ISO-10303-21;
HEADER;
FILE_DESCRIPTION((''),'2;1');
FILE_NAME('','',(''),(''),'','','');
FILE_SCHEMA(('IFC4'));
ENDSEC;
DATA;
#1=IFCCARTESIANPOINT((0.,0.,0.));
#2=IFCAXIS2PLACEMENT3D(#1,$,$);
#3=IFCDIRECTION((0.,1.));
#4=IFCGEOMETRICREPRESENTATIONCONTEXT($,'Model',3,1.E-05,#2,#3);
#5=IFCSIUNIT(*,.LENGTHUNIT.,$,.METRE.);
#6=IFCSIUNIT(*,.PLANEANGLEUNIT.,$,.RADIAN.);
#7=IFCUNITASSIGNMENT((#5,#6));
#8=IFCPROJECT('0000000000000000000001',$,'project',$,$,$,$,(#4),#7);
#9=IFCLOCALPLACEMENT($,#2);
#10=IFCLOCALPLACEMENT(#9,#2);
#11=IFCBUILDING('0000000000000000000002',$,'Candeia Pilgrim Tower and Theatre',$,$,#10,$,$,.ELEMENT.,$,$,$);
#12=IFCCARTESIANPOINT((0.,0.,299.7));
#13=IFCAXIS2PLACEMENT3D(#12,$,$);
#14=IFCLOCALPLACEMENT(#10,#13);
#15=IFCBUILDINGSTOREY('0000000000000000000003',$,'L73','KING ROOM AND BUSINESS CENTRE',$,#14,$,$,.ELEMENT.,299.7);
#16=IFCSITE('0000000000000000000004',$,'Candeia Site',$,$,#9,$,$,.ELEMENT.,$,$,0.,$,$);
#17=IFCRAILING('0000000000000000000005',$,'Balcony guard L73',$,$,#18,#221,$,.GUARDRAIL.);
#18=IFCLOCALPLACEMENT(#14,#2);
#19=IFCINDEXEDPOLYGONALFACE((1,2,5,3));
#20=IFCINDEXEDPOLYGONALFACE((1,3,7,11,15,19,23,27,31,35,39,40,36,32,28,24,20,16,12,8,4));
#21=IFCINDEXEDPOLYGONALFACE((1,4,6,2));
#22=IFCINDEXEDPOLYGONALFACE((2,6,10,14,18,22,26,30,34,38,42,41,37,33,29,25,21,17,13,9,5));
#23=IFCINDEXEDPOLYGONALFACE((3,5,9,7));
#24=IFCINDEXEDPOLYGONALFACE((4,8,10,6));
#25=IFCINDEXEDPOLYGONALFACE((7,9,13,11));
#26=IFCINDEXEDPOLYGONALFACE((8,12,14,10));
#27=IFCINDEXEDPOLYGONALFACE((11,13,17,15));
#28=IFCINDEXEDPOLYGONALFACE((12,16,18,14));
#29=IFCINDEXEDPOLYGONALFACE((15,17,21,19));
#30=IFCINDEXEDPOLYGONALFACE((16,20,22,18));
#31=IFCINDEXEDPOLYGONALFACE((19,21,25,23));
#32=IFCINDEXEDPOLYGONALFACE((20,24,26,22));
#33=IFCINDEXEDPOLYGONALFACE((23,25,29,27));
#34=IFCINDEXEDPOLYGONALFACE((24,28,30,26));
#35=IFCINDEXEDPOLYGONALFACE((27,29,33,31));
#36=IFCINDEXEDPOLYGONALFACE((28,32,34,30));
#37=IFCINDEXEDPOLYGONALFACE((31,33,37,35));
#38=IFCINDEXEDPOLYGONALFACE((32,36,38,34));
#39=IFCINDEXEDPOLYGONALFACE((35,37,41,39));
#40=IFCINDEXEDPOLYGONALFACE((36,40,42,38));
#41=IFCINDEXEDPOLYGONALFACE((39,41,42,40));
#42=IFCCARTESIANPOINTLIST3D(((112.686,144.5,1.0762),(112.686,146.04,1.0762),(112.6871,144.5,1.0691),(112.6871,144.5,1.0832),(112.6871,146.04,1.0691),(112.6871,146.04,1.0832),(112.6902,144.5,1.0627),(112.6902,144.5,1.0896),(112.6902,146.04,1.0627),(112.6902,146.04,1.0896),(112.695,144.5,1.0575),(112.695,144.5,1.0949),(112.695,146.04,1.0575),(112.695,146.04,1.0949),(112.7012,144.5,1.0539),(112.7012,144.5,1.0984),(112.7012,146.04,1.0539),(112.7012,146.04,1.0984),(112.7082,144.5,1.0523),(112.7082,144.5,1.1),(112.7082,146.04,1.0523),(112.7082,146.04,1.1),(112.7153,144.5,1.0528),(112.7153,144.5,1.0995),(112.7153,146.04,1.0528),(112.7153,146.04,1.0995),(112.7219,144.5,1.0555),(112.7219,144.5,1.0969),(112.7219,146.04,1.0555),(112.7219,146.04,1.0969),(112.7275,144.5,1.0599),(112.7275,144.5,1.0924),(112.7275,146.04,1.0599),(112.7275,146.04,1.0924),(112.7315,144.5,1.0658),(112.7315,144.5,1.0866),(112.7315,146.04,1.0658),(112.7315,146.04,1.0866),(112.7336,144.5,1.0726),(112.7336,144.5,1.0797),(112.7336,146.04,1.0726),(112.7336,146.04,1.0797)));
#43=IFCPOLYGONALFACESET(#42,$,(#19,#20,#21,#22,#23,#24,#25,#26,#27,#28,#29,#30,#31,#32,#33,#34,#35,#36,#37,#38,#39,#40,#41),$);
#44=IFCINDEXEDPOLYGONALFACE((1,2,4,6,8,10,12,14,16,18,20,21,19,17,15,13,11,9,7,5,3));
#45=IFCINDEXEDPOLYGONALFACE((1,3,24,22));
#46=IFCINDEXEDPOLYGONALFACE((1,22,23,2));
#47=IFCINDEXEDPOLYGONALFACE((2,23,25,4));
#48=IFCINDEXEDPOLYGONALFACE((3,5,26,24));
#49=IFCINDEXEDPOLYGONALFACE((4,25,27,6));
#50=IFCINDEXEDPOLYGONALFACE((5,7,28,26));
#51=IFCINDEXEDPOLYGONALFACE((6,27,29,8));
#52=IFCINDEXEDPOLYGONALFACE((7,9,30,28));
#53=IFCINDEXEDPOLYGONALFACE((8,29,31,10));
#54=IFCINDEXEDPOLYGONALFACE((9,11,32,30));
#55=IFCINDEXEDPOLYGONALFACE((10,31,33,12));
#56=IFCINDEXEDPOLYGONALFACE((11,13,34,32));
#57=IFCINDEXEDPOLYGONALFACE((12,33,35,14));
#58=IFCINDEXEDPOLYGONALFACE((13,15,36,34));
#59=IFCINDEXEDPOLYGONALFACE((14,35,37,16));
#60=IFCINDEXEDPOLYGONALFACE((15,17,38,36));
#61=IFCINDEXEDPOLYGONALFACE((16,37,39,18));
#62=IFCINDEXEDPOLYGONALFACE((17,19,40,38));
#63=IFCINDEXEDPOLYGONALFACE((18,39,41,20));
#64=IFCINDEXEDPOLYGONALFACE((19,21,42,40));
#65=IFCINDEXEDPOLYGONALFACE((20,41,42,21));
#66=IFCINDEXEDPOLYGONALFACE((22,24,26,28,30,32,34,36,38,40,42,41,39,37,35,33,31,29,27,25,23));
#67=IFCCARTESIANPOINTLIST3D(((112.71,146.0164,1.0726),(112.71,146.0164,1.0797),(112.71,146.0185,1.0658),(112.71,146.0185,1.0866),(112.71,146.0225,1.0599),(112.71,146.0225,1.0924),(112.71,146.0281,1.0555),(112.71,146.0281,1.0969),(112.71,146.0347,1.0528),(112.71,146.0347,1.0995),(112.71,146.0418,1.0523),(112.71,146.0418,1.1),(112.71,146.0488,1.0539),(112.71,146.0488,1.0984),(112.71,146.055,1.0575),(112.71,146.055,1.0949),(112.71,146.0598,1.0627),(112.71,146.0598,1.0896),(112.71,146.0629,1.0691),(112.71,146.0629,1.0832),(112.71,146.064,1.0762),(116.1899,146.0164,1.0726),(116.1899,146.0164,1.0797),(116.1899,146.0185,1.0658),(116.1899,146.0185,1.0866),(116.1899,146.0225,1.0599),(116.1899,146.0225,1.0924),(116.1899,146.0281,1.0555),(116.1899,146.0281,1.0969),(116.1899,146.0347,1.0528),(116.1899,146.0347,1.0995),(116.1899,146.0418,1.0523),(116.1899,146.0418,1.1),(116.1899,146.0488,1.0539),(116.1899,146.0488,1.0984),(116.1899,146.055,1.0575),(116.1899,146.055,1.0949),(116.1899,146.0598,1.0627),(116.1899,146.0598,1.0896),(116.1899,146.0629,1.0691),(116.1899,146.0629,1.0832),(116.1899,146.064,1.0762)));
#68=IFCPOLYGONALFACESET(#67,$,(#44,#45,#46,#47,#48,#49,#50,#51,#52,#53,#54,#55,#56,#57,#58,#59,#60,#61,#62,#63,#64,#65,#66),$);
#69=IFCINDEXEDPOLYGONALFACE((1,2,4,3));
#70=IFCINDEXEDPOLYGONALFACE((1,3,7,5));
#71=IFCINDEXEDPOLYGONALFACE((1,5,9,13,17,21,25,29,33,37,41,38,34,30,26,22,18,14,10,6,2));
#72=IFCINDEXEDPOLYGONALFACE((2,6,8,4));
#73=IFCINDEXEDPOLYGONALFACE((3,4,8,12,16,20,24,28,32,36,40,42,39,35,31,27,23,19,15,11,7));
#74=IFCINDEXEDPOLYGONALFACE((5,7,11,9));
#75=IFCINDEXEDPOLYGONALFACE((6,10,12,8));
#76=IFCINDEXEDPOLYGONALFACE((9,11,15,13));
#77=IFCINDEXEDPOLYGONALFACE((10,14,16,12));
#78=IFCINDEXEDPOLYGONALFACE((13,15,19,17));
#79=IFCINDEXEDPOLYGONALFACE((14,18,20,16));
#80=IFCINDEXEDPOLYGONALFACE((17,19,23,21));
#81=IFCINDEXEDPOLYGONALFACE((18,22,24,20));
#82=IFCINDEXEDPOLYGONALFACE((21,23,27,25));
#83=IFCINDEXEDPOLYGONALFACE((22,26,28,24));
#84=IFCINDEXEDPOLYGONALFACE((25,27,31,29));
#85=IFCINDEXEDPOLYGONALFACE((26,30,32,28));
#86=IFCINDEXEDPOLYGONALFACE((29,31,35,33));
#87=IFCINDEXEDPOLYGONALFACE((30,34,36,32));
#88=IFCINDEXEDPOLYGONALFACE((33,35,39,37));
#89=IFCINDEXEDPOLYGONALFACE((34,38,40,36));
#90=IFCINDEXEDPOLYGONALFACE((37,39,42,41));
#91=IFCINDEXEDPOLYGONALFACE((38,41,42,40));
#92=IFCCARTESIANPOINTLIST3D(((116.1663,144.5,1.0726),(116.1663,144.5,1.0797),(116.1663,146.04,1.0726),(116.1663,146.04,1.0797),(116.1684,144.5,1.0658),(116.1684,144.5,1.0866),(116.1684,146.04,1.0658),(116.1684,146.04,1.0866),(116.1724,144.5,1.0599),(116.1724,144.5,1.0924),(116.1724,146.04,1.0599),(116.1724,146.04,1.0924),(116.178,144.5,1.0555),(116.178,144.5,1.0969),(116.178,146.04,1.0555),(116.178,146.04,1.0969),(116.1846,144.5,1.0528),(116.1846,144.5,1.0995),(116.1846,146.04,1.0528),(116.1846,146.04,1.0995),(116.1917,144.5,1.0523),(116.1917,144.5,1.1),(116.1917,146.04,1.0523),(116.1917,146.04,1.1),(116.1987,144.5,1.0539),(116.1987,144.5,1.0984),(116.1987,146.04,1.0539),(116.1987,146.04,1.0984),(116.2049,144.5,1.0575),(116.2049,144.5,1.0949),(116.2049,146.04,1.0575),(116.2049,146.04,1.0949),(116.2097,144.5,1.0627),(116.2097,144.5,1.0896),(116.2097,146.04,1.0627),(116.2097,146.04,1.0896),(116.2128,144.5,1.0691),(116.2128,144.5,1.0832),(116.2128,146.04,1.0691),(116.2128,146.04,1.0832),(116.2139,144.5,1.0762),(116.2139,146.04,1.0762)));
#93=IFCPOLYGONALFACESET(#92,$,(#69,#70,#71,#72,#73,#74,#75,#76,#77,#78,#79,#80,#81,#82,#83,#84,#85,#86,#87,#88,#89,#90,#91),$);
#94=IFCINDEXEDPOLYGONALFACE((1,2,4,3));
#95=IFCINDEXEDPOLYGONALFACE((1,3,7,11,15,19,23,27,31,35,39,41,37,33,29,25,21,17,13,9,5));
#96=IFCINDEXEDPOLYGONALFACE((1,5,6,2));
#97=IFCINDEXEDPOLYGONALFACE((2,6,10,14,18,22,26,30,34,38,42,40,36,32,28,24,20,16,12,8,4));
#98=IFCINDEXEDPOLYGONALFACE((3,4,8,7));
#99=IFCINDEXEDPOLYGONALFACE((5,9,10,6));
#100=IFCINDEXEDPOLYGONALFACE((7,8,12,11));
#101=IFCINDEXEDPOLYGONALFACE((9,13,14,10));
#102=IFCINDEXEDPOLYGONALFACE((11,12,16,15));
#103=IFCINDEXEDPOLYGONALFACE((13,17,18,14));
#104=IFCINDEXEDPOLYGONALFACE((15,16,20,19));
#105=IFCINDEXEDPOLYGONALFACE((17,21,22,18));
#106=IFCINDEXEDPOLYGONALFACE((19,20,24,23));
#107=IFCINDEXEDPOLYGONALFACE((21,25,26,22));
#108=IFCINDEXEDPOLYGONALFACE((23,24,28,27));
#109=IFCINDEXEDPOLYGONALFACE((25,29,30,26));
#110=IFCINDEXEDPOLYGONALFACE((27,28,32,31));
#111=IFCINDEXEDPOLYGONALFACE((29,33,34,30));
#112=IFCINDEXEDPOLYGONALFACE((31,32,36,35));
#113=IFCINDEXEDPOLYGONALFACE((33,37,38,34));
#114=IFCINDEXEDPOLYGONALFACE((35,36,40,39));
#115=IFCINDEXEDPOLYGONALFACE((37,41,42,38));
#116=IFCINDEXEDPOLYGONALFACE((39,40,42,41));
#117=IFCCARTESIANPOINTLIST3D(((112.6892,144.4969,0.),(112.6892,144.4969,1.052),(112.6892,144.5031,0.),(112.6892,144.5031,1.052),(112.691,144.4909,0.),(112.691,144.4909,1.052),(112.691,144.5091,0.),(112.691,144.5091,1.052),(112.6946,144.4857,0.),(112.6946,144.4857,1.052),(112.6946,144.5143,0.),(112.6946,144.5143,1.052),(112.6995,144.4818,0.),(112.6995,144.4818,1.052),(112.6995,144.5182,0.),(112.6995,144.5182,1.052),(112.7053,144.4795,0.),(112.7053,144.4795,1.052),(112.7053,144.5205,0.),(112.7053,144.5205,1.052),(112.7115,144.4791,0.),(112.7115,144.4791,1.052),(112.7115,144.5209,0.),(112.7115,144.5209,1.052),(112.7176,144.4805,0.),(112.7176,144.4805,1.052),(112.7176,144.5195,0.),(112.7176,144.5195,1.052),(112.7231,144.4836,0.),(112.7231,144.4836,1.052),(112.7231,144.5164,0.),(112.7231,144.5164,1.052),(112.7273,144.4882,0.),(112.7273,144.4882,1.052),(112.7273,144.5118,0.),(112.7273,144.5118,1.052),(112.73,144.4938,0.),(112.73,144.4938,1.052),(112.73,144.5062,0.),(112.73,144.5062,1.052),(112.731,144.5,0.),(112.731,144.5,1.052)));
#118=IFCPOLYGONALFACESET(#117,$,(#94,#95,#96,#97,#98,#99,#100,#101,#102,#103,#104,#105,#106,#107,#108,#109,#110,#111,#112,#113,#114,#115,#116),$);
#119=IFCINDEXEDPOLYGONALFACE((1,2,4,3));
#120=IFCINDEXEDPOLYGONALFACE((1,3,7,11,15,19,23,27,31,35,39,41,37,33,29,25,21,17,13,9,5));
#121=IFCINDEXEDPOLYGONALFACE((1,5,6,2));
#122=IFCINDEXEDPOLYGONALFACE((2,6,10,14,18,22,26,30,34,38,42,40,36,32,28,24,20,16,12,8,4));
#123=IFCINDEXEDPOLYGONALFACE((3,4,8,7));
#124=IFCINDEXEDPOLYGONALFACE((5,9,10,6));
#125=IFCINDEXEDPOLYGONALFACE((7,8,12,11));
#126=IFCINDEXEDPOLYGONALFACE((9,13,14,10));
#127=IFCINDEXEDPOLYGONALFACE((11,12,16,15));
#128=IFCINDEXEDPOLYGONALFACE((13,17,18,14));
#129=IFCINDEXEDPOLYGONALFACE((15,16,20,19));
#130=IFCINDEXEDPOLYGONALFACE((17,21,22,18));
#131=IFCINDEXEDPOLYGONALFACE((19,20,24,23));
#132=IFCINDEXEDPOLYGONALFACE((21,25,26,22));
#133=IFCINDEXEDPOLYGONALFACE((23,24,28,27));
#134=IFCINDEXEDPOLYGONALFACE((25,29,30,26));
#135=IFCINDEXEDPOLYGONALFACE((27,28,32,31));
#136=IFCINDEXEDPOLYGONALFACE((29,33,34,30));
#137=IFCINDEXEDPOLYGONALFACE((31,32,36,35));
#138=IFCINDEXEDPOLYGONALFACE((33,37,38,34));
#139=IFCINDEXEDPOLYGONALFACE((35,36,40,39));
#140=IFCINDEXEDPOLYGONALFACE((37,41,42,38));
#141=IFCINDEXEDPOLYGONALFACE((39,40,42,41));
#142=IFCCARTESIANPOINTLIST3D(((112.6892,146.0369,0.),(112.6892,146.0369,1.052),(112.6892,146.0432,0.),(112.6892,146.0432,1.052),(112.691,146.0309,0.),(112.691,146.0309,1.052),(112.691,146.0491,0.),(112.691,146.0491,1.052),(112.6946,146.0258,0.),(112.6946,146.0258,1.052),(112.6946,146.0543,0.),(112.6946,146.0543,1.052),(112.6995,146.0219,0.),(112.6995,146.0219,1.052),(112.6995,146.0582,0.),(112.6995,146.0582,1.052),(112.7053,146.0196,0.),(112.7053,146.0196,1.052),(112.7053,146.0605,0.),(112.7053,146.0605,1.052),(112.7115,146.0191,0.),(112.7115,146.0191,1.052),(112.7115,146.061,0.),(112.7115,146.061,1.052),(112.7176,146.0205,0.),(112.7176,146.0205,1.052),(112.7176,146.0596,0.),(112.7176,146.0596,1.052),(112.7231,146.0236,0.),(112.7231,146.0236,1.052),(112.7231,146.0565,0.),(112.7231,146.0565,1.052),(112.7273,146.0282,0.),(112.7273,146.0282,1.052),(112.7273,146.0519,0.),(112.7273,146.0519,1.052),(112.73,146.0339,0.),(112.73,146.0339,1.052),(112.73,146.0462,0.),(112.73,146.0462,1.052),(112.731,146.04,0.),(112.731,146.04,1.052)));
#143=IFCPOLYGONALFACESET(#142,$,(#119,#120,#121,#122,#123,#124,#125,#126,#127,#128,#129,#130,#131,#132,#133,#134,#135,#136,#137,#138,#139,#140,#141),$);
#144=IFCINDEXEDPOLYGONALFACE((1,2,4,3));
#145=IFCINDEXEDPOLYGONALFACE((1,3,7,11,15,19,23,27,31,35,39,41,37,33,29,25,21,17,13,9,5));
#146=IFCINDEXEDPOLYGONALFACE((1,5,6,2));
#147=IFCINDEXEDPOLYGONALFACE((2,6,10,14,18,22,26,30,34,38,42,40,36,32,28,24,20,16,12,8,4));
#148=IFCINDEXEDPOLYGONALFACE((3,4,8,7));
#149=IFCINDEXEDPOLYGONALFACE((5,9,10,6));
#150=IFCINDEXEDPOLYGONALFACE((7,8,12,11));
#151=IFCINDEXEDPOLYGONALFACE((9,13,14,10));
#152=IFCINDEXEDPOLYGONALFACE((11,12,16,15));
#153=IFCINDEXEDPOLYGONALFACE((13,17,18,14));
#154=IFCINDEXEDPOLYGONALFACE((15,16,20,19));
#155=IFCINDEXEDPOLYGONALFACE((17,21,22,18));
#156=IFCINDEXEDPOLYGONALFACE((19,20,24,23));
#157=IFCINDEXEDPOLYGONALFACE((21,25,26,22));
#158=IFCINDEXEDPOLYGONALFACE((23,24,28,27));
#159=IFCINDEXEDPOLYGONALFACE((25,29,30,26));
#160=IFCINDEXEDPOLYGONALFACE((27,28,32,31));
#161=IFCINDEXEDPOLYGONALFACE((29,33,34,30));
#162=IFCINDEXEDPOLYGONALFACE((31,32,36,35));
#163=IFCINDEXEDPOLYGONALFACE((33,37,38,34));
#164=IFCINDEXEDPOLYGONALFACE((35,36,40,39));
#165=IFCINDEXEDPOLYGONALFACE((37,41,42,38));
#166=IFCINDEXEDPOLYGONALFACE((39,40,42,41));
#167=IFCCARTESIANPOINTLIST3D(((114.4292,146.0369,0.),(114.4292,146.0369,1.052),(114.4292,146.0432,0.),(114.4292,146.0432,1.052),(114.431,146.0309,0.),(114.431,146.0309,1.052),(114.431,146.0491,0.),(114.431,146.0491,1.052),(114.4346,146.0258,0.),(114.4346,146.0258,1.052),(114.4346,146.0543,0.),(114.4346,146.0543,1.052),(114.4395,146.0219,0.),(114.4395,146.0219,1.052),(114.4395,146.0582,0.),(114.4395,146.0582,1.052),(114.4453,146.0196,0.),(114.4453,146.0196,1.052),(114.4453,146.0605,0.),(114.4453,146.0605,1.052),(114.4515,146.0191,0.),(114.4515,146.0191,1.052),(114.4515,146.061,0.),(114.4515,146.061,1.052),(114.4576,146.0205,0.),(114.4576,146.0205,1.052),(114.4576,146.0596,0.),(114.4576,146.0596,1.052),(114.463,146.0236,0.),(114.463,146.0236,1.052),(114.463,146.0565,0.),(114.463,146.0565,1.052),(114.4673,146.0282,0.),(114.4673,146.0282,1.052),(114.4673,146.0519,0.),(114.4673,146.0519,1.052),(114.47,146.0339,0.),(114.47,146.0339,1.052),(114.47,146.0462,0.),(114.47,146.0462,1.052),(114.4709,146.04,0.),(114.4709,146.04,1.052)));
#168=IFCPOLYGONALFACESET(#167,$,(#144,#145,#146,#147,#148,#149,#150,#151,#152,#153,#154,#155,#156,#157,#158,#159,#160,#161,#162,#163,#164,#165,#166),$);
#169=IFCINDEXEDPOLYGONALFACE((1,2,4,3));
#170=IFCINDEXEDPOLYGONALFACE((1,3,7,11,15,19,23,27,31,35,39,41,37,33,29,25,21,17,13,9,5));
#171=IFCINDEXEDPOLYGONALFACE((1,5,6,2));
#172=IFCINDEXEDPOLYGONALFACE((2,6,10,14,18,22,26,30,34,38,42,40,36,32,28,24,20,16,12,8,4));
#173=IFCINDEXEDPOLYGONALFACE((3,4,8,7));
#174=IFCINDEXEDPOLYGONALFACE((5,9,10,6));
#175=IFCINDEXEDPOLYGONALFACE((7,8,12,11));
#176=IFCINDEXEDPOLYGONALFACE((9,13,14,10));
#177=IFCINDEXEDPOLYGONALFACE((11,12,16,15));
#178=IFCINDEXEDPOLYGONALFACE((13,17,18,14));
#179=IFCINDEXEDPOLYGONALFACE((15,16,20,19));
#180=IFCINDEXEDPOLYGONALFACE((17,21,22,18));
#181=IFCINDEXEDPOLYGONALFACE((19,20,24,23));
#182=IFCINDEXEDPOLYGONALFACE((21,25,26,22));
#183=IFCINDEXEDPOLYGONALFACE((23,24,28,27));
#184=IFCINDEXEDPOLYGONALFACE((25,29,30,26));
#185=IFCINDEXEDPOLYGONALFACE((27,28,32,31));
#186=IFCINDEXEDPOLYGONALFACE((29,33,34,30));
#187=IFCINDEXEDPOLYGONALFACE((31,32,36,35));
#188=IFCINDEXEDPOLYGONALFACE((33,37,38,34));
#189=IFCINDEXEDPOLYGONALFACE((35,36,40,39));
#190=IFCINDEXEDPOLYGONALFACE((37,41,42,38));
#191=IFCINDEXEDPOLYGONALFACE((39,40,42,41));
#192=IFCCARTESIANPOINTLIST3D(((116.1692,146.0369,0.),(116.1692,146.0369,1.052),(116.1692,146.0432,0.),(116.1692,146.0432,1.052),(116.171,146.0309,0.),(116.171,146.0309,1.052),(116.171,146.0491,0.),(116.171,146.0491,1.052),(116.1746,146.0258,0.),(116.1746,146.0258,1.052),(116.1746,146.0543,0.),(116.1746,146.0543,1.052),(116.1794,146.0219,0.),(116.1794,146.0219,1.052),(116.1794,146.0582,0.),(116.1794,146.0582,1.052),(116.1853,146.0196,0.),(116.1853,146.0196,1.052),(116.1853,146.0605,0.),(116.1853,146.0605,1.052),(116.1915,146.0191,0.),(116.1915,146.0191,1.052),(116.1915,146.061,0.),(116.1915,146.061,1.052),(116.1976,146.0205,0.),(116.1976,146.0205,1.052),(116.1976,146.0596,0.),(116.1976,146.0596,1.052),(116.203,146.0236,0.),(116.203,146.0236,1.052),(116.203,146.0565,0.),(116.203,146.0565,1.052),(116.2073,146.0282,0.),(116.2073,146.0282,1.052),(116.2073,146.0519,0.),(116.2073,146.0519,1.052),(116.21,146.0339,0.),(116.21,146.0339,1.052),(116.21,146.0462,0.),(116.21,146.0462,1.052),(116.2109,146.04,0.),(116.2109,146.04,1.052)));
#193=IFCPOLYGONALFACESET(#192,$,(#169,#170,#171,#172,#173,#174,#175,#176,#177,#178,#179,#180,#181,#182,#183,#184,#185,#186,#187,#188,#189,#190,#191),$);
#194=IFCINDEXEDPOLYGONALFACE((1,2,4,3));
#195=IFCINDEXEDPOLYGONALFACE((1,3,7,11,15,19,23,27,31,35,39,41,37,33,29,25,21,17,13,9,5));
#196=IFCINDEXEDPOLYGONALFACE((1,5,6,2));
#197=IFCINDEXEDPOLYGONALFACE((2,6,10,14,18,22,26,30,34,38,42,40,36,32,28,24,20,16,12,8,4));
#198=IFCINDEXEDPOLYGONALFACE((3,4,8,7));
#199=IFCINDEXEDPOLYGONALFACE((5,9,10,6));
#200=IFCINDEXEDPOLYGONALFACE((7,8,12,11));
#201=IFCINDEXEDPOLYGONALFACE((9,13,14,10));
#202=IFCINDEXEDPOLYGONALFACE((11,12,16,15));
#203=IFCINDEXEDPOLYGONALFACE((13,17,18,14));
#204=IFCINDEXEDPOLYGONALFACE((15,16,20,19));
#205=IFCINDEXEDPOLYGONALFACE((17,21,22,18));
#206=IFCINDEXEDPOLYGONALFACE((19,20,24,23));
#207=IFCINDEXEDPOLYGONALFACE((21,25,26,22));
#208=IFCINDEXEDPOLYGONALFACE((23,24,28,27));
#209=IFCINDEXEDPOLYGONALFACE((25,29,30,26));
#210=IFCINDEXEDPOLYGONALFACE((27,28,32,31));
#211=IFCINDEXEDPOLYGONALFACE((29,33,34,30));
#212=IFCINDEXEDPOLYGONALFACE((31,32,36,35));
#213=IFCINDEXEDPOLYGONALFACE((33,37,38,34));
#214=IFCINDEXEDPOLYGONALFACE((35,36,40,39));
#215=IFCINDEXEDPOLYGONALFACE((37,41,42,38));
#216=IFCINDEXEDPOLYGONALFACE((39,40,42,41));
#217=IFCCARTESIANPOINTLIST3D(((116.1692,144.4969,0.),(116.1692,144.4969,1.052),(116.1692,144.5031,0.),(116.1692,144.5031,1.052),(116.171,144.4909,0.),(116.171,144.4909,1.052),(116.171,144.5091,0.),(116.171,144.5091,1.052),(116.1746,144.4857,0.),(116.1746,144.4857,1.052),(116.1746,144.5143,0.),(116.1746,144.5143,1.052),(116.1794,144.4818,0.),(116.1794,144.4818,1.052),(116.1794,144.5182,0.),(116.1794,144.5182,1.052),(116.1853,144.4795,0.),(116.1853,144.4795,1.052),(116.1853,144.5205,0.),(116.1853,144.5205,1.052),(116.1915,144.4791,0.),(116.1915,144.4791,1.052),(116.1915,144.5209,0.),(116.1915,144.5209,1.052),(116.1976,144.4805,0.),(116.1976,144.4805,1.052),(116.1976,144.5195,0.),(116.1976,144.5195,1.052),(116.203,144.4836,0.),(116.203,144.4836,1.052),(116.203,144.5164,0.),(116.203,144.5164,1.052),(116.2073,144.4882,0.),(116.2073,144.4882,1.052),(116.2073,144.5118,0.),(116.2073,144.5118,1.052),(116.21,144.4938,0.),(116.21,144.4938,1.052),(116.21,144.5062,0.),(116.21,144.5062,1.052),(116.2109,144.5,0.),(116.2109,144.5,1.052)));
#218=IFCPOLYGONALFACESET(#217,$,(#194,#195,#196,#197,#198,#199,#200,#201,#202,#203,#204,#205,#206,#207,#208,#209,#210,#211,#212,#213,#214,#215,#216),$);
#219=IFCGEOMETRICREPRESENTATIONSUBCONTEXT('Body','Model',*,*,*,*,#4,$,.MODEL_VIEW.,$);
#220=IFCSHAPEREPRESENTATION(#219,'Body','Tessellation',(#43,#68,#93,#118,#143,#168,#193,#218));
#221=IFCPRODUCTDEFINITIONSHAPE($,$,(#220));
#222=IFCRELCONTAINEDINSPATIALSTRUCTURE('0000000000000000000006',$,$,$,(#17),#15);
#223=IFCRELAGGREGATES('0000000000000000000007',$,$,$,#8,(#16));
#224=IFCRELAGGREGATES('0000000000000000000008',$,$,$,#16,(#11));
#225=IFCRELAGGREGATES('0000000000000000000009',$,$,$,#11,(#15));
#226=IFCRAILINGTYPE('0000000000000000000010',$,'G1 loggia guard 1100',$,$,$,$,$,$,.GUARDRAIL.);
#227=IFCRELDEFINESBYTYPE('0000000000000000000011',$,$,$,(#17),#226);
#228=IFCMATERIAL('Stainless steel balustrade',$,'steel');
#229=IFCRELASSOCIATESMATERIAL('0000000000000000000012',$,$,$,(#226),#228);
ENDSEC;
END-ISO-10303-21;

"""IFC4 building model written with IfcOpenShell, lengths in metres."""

from ifc_helpers import new_model, si_unit, direction, frame, origin, origin_2d, place, context, subcontext, project, spatial, circle, extrude, material, type_object, element, save


model = new_model("IFC4")

# Units and contexts
model_context = context("Model", 3, precision=1e-05, world=origin(), true_north=direction((0.0, 1.0)))
body_context = subcontext(model_context, "Body", "Model", "MODEL_VIEW")
ifc_project = project(units=[si_unit("LENGTHUNIT", "METRE"), si_unit("PLANEANGLEUNIT", "RADIAN")], contexts=[model_context])

# Site, building, storey
site_placement = place(None, origin())
site = spatial("IfcSite", under=ifc_project, at=site_placement, Name="Candeia Site", CompositionType="ELEMENT", RefElevation=0.0)
building_placement = place(site_placement, origin())
building = spatial("IfcBuilding", under=site, at=building_placement, Name="Candeia Pilgrim Tower and Theatre", CompositionType="ELEMENT")
storey_placement = place(building_placement, frame((0.0, 0.0, 299.7)))
storey = spatial("IfcBuildingStorey", under=building, at=storey_placement, Name="L73", Description="KING ROOM AND BUSINESS CENTRE", CompositionType="ELEMENT", Elevation=299.7)

# Railing
ifc_material_1 = material(Name="Stainless steel balustrade", Category="steel")
railing_type = type_object("IfcRailingType", Name="G1 loggia guard 1100", PredefinedType="GUARDRAIL", material=ifc_material_1)
railing_1_placement = place(storey_placement, frame((112.71, 144.5, 0.0)))
element("IfcRailing", 1, at=railing_1_placement, inside=storey, type_object=railing_type, Name="Balcony guard L73", PredefinedType="GUARDRAIL", context=body_context, shape_type="SweptSolid", body=[
    extrude(circle(Radius=0.0239, at=origin_2d()), frame((0.0, 0.0, 1.0762), z_axis=(0.0, 1.0, 0.0), x_axis=(-1.0, 0.0, 0.0)), (0.0, 0.0, 1.0), 1.54),
    extrude(circle(Radius=0.0239, at=origin_2d()), frame((0.0, 1.54, 1.0762), z_axis=(1.0, 0.0, 0.0), x_axis=(0.0, 1.0, 0.0)), (0.0, 0.0, 1.0), 3.48),
    extrude(circle(Radius=0.0239, at=origin_2d()), frame((3.48, 1.54, 1.0762), z_axis=(0.0, -1.0, 0.0), x_axis=(1.0, 0.0, 0.0)), (0.0, 0.0, 1.0), 1.54),
    extrude(circle(Radius=0.021, at=origin_2d()), origin(), (0.0, 0.0, 1.0), 1.052),
    extrude(circle(Radius=0.021, at=origin_2d()), frame((0.0, 1.54, 0.0)), (0.0, 0.0, 1.0), 1.052),
    extrude(circle(Radius=0.021, at=origin_2d()), frame((1.74, 1.54, 0.0)), (0.0, 0.0, 1.0), 1.052),
    extrude(circle(Radius=0.021, at=origin_2d()), frame((3.48, 1.54, 0.0)), (0.0, 0.0, 1.0), 1.052),
    extrude(circle(Radius=0.021, at=origin_2d()), frame((3.48, 0.0, 0.0)), (0.0, 0.0, 1.0), 1.052),
])

save(model, "model.ifc")
